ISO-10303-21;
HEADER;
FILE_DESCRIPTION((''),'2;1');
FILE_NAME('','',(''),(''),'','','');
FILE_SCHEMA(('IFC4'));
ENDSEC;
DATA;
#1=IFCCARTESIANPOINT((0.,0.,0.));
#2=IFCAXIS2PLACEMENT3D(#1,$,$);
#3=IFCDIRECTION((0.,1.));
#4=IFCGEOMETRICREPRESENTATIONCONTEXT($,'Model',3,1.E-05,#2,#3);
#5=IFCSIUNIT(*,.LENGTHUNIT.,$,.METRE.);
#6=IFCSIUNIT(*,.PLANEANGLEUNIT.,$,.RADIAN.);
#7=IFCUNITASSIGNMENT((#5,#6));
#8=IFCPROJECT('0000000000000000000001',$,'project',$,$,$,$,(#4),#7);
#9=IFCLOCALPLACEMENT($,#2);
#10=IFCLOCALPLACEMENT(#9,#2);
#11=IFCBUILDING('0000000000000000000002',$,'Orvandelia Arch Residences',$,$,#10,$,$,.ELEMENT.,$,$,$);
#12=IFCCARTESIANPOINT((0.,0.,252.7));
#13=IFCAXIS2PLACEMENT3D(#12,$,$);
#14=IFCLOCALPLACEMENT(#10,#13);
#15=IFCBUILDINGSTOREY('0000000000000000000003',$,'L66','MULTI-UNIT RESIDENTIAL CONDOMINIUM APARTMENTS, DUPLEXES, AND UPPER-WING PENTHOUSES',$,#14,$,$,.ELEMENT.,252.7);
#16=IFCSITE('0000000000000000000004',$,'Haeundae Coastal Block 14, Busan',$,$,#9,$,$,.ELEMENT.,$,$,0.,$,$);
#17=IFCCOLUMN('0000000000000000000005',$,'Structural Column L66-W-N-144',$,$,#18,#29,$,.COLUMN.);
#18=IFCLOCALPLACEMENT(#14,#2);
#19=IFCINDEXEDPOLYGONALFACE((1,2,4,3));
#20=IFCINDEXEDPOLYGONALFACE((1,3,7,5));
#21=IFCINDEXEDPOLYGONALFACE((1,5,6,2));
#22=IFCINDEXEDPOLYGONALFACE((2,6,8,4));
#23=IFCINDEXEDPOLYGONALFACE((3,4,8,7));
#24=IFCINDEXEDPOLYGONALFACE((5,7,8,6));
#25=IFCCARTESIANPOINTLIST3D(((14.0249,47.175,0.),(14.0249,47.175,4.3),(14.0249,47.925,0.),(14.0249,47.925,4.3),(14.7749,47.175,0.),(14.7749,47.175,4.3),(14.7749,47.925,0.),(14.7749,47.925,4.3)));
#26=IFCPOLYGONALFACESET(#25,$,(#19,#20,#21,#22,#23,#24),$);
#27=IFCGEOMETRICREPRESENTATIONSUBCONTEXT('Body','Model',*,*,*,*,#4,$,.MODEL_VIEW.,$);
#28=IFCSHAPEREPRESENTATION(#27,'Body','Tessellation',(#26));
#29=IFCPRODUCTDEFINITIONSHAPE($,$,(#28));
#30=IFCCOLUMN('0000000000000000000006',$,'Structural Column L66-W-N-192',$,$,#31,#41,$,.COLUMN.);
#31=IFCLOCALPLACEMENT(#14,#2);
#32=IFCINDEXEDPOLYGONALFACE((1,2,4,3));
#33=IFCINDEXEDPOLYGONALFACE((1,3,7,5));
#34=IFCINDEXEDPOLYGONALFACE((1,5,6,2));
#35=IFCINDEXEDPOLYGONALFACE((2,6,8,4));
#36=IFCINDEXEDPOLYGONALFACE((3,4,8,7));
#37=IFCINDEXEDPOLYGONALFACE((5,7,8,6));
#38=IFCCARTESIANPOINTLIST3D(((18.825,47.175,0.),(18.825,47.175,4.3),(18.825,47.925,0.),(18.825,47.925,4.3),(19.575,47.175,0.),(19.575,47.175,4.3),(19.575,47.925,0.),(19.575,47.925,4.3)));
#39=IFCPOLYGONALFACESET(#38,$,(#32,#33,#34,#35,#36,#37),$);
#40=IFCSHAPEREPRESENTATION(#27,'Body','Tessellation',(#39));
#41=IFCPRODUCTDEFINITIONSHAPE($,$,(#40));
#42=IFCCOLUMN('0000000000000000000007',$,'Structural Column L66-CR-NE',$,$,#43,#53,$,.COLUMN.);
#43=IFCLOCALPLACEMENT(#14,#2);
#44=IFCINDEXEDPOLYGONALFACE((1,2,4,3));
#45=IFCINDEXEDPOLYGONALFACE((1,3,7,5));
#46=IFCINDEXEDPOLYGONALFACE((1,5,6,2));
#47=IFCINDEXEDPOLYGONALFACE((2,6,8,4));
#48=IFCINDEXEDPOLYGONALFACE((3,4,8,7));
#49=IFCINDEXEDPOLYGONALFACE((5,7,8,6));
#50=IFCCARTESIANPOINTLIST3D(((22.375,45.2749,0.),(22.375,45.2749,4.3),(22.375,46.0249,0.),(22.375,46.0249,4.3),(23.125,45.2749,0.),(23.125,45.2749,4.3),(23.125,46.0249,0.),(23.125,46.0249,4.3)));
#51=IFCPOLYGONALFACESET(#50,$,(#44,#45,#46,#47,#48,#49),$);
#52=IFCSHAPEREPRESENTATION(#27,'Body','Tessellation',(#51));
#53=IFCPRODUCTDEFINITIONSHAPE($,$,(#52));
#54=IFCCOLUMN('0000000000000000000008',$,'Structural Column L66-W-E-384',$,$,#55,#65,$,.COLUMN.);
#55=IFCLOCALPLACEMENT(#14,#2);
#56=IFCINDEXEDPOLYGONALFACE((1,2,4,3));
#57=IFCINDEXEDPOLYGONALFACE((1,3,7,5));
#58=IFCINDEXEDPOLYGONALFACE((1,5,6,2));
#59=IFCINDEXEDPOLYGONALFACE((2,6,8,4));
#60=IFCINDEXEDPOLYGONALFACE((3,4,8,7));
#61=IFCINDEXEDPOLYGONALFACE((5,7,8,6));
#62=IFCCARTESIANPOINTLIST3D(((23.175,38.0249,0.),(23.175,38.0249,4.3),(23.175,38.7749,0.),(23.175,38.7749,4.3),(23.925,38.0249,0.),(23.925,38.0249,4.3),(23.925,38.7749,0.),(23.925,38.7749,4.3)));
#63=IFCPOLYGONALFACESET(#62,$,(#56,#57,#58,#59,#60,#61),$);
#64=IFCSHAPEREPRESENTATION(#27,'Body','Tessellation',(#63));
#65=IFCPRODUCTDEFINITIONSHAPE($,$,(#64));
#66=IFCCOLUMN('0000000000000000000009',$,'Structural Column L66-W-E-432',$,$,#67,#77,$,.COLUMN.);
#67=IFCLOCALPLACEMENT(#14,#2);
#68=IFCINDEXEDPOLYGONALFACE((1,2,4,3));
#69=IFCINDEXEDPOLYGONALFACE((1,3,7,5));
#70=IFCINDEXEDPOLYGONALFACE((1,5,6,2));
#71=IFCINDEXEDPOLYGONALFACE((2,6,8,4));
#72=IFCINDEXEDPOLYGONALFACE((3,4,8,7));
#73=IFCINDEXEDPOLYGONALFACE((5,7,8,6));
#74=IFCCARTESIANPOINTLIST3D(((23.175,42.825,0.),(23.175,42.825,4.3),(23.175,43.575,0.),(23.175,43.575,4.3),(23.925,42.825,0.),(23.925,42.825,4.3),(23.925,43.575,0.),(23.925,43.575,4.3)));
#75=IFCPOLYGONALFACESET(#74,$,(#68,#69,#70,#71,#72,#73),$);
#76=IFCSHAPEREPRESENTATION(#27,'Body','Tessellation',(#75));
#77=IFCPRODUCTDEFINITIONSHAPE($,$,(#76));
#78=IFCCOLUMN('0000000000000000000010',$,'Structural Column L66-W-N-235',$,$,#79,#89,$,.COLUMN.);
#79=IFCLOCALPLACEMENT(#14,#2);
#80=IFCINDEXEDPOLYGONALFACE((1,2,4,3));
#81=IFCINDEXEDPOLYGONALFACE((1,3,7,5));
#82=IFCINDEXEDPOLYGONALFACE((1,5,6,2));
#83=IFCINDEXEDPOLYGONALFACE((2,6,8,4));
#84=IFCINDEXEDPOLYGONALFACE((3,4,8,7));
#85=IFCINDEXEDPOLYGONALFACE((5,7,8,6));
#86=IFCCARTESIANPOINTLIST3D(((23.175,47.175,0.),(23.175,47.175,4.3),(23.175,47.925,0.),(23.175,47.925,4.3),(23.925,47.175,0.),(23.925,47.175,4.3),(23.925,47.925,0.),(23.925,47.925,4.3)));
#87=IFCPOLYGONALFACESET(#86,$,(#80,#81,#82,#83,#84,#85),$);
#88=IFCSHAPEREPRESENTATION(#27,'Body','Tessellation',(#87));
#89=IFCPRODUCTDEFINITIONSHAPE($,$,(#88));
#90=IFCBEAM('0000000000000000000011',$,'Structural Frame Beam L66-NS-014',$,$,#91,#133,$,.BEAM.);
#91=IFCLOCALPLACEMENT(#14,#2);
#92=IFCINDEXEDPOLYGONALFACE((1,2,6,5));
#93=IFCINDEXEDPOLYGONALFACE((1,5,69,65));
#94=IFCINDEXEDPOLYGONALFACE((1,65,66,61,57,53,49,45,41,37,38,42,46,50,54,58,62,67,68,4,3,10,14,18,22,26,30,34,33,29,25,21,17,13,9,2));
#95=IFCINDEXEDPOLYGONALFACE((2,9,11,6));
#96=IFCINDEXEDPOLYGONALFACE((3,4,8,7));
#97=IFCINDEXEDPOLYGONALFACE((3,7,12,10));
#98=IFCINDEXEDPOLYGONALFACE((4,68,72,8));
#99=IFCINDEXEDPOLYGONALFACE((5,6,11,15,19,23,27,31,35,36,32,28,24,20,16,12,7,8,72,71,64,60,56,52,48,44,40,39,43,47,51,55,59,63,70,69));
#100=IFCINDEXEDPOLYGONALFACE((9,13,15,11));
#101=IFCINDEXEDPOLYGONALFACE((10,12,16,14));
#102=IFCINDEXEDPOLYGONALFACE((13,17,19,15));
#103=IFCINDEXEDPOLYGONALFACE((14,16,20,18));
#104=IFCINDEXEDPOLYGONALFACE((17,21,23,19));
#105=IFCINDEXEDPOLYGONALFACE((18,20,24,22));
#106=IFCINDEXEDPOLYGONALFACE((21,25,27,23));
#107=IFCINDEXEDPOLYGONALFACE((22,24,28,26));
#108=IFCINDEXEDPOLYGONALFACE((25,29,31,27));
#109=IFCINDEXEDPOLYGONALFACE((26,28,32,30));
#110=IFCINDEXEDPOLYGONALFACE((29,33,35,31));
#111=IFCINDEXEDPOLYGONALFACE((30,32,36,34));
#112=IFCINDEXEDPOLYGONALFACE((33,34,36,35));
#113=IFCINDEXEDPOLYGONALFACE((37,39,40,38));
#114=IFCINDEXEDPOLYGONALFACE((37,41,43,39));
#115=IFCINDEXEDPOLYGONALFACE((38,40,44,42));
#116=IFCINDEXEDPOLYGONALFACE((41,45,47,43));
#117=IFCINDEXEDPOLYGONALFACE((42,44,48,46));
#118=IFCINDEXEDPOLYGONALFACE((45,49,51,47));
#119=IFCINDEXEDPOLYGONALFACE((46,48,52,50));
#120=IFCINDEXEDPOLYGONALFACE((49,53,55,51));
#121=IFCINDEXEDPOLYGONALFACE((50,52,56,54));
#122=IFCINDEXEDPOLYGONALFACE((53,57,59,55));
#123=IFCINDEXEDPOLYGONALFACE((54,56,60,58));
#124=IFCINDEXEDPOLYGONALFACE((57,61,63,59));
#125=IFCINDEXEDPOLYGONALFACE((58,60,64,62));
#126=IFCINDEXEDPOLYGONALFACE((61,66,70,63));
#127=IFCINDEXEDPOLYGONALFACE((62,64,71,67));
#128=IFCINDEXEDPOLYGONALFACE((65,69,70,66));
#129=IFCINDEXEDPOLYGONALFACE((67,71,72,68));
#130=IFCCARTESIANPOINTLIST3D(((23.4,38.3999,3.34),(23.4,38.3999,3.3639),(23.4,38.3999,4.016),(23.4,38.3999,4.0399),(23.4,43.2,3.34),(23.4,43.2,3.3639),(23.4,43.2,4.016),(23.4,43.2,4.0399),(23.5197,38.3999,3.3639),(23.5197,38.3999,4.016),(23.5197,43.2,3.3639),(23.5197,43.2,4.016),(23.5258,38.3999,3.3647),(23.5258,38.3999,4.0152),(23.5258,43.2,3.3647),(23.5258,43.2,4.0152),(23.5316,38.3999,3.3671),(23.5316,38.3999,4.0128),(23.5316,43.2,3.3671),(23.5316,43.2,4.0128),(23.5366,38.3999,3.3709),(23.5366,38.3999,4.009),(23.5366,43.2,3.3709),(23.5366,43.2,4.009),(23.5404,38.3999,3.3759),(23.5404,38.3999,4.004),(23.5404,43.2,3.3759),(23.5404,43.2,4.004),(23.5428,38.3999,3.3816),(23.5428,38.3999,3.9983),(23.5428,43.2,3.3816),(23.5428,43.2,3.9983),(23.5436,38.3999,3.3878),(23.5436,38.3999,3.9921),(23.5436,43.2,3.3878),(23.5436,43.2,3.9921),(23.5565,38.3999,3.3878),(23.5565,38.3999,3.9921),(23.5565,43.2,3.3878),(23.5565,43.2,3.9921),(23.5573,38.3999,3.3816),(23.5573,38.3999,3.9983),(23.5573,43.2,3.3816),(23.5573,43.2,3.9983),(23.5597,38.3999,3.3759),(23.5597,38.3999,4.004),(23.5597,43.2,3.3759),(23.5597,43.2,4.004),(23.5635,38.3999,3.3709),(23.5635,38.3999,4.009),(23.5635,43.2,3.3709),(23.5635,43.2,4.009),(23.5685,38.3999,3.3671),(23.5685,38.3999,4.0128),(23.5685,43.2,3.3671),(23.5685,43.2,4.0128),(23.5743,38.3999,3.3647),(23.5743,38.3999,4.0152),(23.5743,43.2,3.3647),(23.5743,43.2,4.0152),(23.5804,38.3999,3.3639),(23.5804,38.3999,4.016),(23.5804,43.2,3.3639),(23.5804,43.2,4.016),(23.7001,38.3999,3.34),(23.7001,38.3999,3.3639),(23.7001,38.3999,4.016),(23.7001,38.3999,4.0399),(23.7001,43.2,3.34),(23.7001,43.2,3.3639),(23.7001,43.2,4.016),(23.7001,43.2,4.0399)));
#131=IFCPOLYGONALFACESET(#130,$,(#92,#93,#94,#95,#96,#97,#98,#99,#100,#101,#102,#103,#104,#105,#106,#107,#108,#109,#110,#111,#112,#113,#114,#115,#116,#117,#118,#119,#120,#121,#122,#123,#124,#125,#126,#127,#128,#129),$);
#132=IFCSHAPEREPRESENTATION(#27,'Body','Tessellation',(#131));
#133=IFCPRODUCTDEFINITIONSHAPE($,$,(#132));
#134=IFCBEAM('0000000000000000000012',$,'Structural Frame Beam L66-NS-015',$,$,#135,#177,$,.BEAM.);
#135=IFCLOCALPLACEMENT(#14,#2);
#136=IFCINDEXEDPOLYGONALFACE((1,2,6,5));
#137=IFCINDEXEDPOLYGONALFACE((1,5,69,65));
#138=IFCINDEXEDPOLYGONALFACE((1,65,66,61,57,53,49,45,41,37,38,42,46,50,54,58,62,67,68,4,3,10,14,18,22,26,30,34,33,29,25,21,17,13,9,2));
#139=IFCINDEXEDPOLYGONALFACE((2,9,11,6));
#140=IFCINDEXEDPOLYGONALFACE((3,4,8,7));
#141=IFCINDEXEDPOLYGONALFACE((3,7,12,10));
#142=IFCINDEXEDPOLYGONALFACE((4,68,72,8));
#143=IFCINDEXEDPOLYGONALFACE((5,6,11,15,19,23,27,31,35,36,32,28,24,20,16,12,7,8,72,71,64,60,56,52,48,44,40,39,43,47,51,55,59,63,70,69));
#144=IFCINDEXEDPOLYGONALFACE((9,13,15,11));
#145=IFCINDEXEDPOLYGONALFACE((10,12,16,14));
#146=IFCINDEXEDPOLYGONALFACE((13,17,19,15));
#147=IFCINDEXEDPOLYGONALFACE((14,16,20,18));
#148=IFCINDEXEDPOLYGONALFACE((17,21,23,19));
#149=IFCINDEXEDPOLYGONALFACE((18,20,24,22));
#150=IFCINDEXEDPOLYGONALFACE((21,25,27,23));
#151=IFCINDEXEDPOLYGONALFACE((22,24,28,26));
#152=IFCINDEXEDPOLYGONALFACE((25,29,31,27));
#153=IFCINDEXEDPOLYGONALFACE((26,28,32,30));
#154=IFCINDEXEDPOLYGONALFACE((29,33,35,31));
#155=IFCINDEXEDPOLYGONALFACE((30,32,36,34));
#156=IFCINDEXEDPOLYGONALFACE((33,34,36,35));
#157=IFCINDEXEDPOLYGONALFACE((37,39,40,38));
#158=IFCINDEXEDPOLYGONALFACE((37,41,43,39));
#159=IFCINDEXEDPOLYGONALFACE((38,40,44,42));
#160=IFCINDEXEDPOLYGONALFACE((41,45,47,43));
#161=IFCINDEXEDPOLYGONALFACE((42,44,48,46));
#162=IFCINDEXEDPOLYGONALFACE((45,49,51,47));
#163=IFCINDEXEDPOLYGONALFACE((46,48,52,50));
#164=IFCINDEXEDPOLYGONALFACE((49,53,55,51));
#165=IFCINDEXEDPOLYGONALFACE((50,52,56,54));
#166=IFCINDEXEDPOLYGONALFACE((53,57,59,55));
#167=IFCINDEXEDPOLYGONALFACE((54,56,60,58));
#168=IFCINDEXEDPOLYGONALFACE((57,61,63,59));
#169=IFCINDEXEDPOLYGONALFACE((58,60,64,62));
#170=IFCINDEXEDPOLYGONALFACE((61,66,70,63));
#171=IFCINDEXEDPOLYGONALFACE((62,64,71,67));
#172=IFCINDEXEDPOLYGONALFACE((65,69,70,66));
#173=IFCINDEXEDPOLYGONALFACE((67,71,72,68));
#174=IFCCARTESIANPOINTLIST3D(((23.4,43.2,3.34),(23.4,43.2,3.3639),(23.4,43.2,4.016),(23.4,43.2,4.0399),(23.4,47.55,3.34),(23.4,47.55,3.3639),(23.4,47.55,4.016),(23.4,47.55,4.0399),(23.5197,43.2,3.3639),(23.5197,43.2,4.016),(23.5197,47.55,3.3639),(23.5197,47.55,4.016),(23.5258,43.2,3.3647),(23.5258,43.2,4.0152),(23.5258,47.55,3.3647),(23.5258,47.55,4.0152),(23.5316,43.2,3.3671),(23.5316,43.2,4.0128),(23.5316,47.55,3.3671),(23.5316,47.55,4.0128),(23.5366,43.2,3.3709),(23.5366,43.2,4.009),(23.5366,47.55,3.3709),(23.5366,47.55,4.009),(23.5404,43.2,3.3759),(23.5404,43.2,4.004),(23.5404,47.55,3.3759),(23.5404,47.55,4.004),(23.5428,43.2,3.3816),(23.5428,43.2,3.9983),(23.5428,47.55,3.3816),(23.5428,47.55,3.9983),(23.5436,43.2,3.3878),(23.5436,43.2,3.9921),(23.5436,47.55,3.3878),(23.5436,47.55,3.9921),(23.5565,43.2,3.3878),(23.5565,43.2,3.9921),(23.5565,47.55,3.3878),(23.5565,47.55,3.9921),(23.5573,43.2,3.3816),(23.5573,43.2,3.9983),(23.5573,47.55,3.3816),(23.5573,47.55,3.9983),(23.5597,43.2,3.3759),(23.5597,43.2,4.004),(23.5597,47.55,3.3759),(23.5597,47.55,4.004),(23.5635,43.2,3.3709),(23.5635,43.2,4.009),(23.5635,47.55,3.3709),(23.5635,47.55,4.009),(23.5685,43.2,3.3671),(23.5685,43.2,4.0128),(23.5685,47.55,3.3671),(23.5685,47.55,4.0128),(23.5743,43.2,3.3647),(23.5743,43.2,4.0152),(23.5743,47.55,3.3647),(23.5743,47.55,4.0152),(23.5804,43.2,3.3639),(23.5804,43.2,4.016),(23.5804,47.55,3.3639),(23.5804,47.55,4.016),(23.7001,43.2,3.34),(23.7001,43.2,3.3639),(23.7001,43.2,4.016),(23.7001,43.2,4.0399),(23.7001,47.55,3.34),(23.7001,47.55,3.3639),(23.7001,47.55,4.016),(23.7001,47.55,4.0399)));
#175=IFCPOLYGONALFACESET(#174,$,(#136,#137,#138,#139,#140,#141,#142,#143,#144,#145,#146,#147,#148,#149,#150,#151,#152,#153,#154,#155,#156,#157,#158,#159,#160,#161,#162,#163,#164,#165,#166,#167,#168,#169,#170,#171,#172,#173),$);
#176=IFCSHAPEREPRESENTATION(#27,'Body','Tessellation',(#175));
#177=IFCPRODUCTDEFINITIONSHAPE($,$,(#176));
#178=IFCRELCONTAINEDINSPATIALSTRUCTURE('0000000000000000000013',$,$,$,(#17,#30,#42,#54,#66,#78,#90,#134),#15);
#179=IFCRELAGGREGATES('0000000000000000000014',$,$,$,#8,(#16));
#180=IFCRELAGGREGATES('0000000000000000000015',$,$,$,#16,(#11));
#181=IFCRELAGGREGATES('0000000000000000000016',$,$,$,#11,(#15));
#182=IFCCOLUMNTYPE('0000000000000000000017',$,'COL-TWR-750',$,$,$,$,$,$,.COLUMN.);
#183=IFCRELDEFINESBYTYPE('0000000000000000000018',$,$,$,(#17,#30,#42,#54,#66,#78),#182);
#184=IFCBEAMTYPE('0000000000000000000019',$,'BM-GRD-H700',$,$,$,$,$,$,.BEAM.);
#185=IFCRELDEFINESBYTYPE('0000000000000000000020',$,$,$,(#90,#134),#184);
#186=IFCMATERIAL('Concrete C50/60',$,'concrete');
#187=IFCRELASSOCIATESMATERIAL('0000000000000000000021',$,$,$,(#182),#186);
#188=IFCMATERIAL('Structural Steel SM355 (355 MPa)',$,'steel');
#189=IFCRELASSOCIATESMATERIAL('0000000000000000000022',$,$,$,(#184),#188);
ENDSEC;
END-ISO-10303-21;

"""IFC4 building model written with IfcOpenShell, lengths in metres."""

from ifc_helpers import new_model, si_unit, direction, frame, origin, origin_2d, place, context, subcontext, project, spatial, rectangle, i_section, extrude, material, material_profile, profile_set, type_object, element, save


model = new_model("IFC4")

# Units and contexts
model_context = context("Model", 3, precision=1e-05, world=origin(), true_north=direction((0.0, 1.0)))
body_context = subcontext(model_context, "Body", "Model", "MODEL_VIEW")
ifc_project = project(units=[si_unit("LENGTHUNIT", "METRE"), si_unit("PLANEANGLEUNIT", "RADIAN")], contexts=[model_context])

# Site, building, storey
site_placement = place(None, origin())
site = spatial("IfcSite", under=ifc_project, at=site_placement, Name="Haeundae Coastal Block 14, Busan", CompositionType="ELEMENT", RefElevation=0.0)
building_placement = place(site_placement, origin())
building = spatial("IfcBuilding", under=site, at=building_placement, Name="Orvandelia Arch Residences", CompositionType="ELEMENT")
storey_placement = place(building_placement, frame((0.0, 0.0, 252.7)))
storey = spatial("IfcBuildingStorey", under=building, at=storey_placement, Name="L66", Description="MULTI-UNIT RESIDENTIAL CONDOMINIUM APARTMENTS, DUPLEXES, AND UPPER-WING PENTHOUSES", CompositionType="ELEMENT", Elevation=252.7)

# Columns
ifc_material_1 = material(Name="Concrete C50/60", Category="concrete")
ifc_material_profile_1 = material_profile(ifc_material_1, rectangle(XDim=0.75, YDim=0.75, at=origin_2d()), Name="Concrete C50/60", Category="concrete")
ifc_profile_set_1 = profile_set([ifc_material_profile_1], Name="Concrete C50/60")
column_type = type_object("IfcColumnType", Name="COL-TWR-750", PredefinedType="COLUMN", material=ifc_profile_set_1)
for number, where, z_axis, x_axis, name in (
    (1, (14.3999, 47.55, 0.0), (0.0, 0.0, 1.0), (1.0, 0.0, 0.0), "Structural Column L66-W-N-144"),
    (2, (19.2, 47.55, 0.0), (0.0, 0.0, 1.0), (1.0, 0.0, 0.0), "Structural Column L66-W-N-192"),
    (3, (22.75, 45.6499, 0.0), (0.0, 0.0, 1.0), (1.0, 0.0, 0.0), "Structural Column L66-CR-NE"),
    (4, (23.55, 38.3999, 0.0), (0.0, 0.0, 1.0), (1.0, 0.0, 0.0), "Structural Column L66-W-E-384"),
    (5, (23.55, 43.2, 0.0), (0.0, 0.0, 1.0), (1.0, 0.0, 0.0), "Structural Column L66-W-E-432"),
    (6, (23.55, 47.55, 0.0), (0.0, 0.0, 1.0), (1.0, 0.0, 0.0), "Structural Column L66-W-N-235"),
):
    element("IfcColumn", number, at=place(storey_placement, frame(where, z_axis=z_axis, x_axis=x_axis)), inside=storey, type_object=column_type, Name=name, PredefinedType="COLUMN", context=body_context, shape_type="SweptSolid", body=[
        extrude(rectangle(XDim=0.75, YDim=0.75, at=origin_2d()), origin(), (0.0, 0.0, 1.0), 4.3),
    ])

# Beams
ifc_material_2 = material(Name="Structural Steel SM355 (355 MPa)", Category="steel")
ifc_material_profile_2 = material_profile(ifc_material_2, i_section(OverallWidth=0.3, OverallDepth=0.7, WebThickness=0.0129, FlangeThickness=0.0239, FilletRadius=0.0239, at=origin_2d()), Name="Structural Steel SM355 (355 MPa)", Category="steel")
ifc_profile_set_2 = profile_set([ifc_material_profile_2], Name="Structural Steel SM355 (355 MPa)")
beam_type = type_object("IfcBeamType", Name="BM-GRD-H700", PredefinedType="BEAM", material=ifc_profile_set_2)
beam_1_placement = place(storey_placement, frame((23.55, 38.3999, 3.6899), z_axis=(0.0, 1.0, 0.0), x_axis=(-1.0, 0.0, 0.0)))
element("IfcBeam", 7, at=beam_1_placement, inside=storey, type_object=beam_type, Name="Structural Frame Beam L66-NS-014", PredefinedType="BEAM", context=body_context, shape_type="SweptSolid", body=[
    extrude(i_section(OverallWidth=0.3, OverallDepth=0.7, WebThickness=0.0129, FlangeThickness=0.0239, FilletRadius=0.0239, at=origin_2d()), origin(), (0.0, 0.0, 1.0), 4.8),
])
beam_2_placement = place(storey_placement, frame((23.55, 43.2, 3.6899), z_axis=(0.0, 1.0, 0.0), x_axis=(-1.0, 0.0, 0.0)))
element("IfcBeam", 8, at=beam_2_placement, inside=storey, type_object=beam_type, Name="Structural Frame Beam L66-NS-015", PredefinedType="BEAM", context=body_context, shape_type="SweptSolid", body=[
    extrude(i_section(OverallWidth=0.3, OverallDepth=0.7, WebThickness=0.0129, FlangeThickness=0.0239, FilletRadius=0.0239, at=origin_2d()), origin(), (0.0, 0.0, 1.0), 4.3501),
])

save(model, "model.ifc")
